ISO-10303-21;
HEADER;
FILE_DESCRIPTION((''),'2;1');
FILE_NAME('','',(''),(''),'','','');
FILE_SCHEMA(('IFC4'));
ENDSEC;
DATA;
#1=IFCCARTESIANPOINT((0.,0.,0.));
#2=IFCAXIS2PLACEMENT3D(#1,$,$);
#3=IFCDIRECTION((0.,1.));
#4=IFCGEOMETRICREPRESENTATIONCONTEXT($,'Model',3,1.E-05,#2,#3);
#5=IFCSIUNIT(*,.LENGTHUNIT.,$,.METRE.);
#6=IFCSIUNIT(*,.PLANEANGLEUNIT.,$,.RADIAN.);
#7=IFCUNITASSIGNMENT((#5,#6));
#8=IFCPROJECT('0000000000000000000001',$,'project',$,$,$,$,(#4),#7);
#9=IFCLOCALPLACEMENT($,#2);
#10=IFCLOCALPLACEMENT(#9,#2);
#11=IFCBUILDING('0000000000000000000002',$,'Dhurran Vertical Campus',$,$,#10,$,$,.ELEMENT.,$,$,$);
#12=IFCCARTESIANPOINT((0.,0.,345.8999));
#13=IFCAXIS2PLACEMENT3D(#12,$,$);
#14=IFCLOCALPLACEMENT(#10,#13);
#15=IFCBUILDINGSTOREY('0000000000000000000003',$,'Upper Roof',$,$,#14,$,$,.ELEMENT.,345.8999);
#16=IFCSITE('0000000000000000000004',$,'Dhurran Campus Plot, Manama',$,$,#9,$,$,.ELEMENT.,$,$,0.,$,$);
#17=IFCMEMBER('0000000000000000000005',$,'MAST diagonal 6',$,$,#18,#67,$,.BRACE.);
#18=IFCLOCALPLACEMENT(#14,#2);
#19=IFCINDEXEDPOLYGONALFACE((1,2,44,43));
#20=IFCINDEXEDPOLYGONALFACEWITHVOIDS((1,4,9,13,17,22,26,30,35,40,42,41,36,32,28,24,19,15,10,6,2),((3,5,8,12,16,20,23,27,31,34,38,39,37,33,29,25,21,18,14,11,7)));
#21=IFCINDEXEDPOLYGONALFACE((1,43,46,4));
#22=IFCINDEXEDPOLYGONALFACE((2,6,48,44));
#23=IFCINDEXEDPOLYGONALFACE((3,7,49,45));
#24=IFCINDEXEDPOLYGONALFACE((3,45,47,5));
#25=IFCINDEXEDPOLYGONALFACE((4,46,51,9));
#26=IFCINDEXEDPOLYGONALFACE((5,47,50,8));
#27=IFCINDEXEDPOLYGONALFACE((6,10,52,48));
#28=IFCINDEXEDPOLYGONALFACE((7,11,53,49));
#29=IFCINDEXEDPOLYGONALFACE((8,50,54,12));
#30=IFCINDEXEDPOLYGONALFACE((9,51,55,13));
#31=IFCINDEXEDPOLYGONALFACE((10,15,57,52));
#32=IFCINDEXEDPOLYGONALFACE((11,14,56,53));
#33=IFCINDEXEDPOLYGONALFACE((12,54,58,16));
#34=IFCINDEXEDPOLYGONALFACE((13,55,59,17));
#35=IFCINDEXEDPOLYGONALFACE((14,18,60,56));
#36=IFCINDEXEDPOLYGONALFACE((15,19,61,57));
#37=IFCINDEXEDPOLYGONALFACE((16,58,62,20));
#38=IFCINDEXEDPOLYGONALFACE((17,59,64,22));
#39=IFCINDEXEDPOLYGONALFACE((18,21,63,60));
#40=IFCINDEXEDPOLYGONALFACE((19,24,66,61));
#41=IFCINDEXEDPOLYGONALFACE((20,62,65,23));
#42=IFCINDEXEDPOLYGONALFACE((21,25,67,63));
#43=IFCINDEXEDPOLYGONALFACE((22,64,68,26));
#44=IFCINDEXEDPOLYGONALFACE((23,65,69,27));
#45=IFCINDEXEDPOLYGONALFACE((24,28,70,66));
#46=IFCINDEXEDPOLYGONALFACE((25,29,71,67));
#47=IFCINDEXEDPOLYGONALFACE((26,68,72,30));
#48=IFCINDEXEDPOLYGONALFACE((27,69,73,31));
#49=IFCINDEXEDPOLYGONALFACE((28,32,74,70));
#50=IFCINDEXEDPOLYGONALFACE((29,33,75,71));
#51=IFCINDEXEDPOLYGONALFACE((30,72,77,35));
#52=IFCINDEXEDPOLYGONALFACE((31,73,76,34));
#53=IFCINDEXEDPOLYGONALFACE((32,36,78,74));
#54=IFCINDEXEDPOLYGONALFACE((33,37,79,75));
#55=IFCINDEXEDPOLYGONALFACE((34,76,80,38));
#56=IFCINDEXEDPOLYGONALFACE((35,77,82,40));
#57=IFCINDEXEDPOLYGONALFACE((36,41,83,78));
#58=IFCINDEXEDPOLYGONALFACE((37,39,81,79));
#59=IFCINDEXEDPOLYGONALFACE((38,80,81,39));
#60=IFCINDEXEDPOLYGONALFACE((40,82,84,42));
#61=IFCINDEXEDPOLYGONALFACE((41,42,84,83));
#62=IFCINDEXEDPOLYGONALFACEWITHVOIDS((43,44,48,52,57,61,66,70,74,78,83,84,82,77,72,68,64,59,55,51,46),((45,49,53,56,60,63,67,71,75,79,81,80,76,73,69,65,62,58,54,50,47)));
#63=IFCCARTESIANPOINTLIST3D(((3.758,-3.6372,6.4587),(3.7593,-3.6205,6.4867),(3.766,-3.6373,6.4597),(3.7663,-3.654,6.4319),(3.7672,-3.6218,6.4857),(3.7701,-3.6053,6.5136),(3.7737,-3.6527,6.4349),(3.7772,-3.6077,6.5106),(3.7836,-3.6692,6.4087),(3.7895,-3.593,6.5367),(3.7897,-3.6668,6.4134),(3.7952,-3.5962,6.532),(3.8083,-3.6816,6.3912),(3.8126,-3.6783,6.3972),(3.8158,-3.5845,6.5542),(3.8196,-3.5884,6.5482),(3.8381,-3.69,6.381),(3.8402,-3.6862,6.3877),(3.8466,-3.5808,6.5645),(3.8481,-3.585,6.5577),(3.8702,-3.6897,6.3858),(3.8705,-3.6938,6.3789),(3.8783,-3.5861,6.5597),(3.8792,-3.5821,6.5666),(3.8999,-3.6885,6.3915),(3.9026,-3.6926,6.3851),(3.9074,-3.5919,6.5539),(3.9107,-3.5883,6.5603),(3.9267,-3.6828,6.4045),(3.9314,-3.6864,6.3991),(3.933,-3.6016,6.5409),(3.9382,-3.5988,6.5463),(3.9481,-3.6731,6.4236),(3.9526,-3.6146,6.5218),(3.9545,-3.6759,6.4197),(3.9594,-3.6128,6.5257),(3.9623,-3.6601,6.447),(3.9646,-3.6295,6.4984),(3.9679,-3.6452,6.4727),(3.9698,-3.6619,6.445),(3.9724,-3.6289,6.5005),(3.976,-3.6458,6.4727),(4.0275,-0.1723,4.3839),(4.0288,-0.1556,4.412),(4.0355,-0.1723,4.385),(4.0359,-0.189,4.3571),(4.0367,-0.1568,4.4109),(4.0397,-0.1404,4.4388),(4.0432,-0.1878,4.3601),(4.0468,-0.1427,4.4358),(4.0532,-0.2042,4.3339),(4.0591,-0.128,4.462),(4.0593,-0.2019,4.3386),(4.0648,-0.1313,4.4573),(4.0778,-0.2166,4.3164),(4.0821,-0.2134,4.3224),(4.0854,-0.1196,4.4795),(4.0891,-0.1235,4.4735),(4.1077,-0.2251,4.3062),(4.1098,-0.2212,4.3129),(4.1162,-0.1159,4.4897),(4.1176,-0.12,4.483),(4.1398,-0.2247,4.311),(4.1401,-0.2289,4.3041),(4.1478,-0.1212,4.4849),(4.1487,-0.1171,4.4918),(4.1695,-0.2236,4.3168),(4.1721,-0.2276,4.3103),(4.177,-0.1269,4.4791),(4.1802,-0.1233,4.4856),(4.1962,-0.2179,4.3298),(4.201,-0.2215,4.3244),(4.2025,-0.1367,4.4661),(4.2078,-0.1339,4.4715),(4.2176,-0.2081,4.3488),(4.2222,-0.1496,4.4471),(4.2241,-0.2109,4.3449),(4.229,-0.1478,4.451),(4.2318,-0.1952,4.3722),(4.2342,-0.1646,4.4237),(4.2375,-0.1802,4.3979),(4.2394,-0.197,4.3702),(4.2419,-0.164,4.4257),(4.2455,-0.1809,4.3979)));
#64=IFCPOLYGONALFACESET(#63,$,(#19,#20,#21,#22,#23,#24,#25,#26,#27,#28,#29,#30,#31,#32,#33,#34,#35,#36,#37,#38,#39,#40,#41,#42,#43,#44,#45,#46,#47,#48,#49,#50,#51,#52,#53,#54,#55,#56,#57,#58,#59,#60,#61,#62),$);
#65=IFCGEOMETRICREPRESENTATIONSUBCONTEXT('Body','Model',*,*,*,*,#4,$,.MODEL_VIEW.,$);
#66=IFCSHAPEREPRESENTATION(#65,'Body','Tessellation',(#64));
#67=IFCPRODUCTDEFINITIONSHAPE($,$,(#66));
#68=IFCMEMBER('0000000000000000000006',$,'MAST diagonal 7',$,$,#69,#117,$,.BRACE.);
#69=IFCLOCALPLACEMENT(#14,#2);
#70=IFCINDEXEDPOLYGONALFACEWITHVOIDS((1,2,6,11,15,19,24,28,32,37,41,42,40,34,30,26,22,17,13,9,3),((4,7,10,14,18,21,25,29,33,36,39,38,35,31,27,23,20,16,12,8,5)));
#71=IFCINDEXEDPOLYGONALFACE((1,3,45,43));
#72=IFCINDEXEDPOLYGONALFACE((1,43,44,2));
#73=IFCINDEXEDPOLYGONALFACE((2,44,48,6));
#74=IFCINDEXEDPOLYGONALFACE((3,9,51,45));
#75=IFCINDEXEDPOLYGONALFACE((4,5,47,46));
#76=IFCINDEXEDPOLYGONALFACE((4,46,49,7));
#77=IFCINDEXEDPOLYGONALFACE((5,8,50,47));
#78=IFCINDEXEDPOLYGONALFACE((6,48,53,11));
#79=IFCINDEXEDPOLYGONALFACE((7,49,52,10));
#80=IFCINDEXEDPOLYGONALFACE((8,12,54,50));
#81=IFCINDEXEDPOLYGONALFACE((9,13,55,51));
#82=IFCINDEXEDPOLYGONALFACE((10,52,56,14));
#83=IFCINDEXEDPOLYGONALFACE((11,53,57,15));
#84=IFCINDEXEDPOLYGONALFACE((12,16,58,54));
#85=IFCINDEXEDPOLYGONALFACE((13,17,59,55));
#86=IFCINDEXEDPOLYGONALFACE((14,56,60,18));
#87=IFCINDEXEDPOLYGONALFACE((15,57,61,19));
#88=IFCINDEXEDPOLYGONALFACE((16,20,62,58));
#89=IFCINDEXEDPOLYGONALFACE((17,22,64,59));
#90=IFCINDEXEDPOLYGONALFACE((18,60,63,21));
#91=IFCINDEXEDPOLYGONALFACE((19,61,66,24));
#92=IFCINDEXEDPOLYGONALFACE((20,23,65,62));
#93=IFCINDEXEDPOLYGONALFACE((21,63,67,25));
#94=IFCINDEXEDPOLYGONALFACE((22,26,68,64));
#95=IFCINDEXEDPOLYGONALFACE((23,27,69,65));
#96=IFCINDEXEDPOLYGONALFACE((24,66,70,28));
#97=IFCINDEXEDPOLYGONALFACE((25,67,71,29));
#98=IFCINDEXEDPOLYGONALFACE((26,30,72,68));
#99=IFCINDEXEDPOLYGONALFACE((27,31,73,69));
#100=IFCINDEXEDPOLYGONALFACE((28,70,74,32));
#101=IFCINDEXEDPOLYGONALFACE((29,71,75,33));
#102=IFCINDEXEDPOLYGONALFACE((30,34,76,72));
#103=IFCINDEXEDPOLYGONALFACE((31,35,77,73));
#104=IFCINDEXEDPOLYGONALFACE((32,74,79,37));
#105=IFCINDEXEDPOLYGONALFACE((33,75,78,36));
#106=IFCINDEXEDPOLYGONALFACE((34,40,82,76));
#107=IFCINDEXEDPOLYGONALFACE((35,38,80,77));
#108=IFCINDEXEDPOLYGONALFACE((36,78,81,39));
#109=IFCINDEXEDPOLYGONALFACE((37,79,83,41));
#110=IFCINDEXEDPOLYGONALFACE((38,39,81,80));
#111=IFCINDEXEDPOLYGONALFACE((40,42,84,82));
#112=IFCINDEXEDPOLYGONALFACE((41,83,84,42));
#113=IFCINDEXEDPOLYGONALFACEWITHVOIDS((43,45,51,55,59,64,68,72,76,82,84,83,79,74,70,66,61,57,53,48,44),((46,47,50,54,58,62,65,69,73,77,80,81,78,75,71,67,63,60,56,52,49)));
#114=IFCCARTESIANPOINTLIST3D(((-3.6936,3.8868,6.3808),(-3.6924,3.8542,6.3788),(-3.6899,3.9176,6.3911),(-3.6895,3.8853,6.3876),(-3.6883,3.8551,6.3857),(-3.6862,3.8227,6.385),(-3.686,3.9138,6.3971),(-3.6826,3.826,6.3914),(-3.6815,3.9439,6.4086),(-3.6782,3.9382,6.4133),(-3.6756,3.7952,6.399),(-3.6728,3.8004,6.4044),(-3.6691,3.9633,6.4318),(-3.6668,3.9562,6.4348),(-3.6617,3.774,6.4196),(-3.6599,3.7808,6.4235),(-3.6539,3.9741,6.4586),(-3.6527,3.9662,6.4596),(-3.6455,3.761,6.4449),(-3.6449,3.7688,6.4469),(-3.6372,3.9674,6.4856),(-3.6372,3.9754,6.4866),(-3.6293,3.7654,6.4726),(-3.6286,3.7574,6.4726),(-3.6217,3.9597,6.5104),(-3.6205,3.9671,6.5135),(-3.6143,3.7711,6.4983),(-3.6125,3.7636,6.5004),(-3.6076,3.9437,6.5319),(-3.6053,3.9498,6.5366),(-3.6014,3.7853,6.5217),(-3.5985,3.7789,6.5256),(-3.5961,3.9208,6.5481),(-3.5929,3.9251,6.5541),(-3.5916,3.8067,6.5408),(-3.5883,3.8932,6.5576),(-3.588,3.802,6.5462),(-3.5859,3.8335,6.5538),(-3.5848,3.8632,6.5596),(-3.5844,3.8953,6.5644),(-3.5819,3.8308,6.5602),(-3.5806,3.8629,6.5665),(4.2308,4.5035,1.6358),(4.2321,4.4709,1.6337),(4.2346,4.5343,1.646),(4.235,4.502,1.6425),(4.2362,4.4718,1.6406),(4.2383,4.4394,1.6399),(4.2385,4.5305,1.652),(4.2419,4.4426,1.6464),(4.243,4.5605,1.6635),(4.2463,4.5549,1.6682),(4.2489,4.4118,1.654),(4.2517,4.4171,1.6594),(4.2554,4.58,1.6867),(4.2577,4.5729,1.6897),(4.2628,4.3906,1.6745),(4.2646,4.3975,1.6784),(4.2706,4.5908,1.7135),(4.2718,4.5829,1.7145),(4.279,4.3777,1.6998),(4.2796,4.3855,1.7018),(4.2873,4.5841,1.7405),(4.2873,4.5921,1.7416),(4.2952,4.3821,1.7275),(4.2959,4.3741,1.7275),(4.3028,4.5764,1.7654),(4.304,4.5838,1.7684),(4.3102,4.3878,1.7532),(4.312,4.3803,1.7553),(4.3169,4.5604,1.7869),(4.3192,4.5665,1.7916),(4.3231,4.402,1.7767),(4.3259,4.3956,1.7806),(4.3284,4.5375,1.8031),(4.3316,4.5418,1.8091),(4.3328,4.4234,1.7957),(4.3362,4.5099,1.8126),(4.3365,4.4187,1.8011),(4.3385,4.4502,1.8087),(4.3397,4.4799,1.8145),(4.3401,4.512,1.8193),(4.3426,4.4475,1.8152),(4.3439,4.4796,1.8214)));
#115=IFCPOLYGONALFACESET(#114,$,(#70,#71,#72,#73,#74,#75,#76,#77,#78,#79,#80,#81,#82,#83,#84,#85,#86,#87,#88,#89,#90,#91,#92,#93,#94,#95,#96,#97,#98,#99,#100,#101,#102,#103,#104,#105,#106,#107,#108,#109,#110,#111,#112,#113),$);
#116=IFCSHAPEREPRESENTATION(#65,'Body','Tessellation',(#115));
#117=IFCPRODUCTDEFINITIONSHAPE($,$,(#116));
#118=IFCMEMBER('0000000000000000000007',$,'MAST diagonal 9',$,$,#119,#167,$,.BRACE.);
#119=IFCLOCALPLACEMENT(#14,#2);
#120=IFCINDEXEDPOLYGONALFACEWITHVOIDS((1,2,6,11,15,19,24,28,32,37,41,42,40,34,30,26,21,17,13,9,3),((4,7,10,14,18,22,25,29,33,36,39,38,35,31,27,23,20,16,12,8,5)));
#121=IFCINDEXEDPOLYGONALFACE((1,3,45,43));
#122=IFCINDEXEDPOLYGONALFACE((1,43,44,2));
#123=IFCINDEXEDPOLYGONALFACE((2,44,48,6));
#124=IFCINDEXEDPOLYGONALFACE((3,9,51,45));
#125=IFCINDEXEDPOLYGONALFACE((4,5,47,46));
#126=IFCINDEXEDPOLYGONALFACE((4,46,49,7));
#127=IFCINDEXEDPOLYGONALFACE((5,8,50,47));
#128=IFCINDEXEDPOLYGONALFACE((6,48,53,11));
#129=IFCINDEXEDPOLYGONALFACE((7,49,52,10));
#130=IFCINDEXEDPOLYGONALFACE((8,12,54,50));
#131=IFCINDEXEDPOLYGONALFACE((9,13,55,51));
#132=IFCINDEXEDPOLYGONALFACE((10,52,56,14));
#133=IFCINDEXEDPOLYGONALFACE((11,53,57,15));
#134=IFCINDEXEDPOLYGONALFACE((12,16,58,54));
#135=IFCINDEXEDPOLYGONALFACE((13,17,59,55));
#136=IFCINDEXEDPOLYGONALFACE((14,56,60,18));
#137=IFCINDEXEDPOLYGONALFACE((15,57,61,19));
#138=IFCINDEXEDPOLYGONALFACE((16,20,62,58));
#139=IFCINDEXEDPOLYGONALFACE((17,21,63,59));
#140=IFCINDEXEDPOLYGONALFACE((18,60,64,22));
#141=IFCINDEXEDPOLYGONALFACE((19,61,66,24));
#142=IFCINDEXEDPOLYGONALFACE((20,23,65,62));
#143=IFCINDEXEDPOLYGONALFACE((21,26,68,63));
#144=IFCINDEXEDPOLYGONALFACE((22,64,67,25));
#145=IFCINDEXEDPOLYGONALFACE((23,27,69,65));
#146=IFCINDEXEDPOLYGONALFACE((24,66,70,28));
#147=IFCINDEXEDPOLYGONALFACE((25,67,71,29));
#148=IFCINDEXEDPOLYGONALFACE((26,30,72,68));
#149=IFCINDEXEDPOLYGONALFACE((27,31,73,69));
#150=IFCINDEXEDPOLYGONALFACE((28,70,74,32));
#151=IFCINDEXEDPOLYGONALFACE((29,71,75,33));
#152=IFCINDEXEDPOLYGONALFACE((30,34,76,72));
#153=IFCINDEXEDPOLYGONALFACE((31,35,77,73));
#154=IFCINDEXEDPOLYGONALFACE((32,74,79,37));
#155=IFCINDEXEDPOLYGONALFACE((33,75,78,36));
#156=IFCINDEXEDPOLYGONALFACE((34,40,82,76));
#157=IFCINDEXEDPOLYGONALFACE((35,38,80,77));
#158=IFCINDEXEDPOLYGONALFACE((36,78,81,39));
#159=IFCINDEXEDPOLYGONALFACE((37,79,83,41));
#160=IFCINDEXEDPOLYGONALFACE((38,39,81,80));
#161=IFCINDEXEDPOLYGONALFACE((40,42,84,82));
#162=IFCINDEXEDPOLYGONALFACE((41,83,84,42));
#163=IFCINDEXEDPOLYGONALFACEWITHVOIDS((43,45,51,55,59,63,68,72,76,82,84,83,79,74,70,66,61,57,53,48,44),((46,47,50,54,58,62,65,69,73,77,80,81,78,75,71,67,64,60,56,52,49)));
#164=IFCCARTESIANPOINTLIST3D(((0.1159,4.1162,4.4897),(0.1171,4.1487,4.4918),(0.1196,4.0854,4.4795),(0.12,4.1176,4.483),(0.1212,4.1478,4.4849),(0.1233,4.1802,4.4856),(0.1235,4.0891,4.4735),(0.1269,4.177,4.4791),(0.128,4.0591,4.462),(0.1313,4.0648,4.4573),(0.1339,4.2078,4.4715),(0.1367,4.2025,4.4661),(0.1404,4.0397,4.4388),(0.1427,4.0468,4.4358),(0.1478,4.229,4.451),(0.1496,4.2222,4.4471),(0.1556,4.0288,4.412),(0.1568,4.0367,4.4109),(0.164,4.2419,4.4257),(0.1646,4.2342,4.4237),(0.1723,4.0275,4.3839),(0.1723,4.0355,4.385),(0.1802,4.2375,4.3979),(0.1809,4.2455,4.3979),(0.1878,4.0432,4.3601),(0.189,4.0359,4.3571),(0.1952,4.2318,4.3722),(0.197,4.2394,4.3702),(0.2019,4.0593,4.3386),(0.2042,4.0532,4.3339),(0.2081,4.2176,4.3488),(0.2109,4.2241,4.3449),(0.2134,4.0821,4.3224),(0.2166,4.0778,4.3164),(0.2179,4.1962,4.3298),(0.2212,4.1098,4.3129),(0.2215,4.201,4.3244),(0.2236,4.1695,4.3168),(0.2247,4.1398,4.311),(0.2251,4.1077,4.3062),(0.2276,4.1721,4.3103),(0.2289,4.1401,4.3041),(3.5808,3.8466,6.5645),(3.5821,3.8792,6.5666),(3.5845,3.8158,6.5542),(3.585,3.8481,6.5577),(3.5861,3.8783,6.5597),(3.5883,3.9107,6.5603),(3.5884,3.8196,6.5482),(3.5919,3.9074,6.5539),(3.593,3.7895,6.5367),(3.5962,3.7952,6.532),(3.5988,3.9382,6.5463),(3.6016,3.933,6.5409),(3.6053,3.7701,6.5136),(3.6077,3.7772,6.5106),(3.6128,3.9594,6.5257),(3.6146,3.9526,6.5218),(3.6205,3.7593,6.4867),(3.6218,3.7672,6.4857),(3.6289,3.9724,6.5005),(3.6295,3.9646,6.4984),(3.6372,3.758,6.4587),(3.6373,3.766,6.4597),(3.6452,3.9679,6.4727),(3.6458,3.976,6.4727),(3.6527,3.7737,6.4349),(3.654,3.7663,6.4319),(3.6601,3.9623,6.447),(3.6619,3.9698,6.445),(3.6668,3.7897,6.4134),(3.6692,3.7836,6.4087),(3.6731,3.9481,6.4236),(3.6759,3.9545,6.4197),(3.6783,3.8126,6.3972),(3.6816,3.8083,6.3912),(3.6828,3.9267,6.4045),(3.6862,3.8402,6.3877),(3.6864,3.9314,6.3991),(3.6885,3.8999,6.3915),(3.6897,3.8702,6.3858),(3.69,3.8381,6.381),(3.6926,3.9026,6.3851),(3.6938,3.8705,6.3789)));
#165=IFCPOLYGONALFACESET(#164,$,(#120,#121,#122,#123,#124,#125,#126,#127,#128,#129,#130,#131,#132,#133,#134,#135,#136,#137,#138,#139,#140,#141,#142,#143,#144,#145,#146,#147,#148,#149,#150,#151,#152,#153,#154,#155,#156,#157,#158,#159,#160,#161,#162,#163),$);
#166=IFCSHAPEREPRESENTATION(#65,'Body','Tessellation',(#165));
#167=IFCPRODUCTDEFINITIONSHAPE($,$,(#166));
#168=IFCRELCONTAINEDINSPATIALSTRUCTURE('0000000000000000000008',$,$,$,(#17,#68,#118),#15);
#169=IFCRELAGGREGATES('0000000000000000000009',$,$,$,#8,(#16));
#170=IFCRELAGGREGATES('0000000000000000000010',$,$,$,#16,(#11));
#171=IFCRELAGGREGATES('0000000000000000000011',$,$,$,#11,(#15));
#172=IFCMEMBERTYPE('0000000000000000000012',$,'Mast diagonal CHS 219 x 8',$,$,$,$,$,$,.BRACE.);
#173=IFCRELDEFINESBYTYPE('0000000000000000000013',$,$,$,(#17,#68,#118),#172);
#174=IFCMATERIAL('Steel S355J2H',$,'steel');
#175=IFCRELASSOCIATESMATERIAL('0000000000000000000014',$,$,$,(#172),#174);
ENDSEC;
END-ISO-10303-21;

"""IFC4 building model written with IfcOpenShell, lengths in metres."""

from ifc_helpers import new_model, si_unit, direction, frame, origin, origin_2d, place, context, subcontext, project, spatial, hollow_circle, extrude, material, material_profile, profile_set, type_object, element, save


model = new_model("IFC4")

# Units and contexts
model_context = context("Model", 3, precision=1e-05, world=origin(), true_north=direction((0.0, 1.0)))
body_context = subcontext(model_context, "Body", "Model", "MODEL_VIEW")
ifc_project = project(units=[si_unit("LENGTHUNIT", "METRE"), si_unit("PLANEANGLEUNIT", "RADIAN")], contexts=[model_context])

# Site, building, storey
site_placement = place(None, origin())
site = spatial("IfcSite", under=ifc_project, at=site_placement, Name="Dhurran Campus Plot, Manama", CompositionType="ELEMENT", RefElevation=0.0)
building_placement = place(site_placement, origin())
building = spatial("IfcBuilding", under=site, at=building_placement, Name="Dhurran Vertical Campus", CompositionType="ELEMENT")
storey_placement = place(building_placement, frame((0.0, 0.0, 345.8999)))
storey = spatial("IfcBuildingStorey", under=building, at=storey_placement, Name="Upper Roof", CompositionType="ELEMENT", Elevation=345.8999)

# Members
ifc_material_1 = material(Name="Steel S355J2H", Category="steel")
ifc_material_profile_1 = material_profile(ifc_material_1, hollow_circle(Radius=0.1096, WallThickness=0.0081, at=origin_2d()), Name="CHS219x8")
ifc_profile_set_1 = profile_set([ifc_material_profile_1], Name="Steel S355J2H")
member_type_1 = type_object("IfcMemberType", Name="Mast diagonal CHS 219 x 8", PredefinedType="BRACE", material=ifc_profile_set_1)
member_1_placement = place(storey_placement, frame((4.1362, -0.1724, 4.3979), z_axis=(-0.066592, -0.856047, 0.512591), x_axis=(0.996988, -0.077556, 0.0)))
element("IfcMember", 1, at=member_1_placement, inside=storey, type_object=member_type_1, Name="MAST diagonal 6", PredefinedType="BRACE", context=body_context, shape_type="SweptSolid", body=[
    extrude(hollow_circle(Radius=0.1096, WallThickness=0.0081, at=origin_2d()), origin(), (0.0, 0.0, 1.0), 4.0476),
])
member_2_placement = place(storey_placement, frame((4.2874, 4.4834, 1.7275), z_axis=(-0.856046, -0.066619, 0.512589), x_axis=(0.077587, -0.996986, 0.0)))
element("IfcMember", 2, at=member_2_placement, inside=storey, type_object=member_type_1, Name="MAST diagonal 7", PredefinedType="BRACE", context=body_context, shape_type="SweptSolid", body=[
    extrude(hollow_circle(Radius=0.1096, WallThickness=0.0081, at=origin_2d()), origin(), (0.0, 0.0, 1.0), 9.2571),
])
member_3_placement = place(storey_placement, frame((0.1724, 4.1362, 4.3979), z_axis=(0.856047, -0.066592, 0.512591), x_axis=(0.077556, 0.996988, 0.0)))
element("IfcMember", 3, at=member_3_placement, inside=storey, type_object=member_type_1, Name="MAST diagonal 9", PredefinedType="BRACE", context=body_context, shape_type="SweptSolid", body=[
    extrude(hollow_circle(Radius=0.1096, WallThickness=0.0081, at=origin_2d()), origin(), (0.0, 0.0, 1.0), 4.0476),
])

save(model, "model.ifc")
